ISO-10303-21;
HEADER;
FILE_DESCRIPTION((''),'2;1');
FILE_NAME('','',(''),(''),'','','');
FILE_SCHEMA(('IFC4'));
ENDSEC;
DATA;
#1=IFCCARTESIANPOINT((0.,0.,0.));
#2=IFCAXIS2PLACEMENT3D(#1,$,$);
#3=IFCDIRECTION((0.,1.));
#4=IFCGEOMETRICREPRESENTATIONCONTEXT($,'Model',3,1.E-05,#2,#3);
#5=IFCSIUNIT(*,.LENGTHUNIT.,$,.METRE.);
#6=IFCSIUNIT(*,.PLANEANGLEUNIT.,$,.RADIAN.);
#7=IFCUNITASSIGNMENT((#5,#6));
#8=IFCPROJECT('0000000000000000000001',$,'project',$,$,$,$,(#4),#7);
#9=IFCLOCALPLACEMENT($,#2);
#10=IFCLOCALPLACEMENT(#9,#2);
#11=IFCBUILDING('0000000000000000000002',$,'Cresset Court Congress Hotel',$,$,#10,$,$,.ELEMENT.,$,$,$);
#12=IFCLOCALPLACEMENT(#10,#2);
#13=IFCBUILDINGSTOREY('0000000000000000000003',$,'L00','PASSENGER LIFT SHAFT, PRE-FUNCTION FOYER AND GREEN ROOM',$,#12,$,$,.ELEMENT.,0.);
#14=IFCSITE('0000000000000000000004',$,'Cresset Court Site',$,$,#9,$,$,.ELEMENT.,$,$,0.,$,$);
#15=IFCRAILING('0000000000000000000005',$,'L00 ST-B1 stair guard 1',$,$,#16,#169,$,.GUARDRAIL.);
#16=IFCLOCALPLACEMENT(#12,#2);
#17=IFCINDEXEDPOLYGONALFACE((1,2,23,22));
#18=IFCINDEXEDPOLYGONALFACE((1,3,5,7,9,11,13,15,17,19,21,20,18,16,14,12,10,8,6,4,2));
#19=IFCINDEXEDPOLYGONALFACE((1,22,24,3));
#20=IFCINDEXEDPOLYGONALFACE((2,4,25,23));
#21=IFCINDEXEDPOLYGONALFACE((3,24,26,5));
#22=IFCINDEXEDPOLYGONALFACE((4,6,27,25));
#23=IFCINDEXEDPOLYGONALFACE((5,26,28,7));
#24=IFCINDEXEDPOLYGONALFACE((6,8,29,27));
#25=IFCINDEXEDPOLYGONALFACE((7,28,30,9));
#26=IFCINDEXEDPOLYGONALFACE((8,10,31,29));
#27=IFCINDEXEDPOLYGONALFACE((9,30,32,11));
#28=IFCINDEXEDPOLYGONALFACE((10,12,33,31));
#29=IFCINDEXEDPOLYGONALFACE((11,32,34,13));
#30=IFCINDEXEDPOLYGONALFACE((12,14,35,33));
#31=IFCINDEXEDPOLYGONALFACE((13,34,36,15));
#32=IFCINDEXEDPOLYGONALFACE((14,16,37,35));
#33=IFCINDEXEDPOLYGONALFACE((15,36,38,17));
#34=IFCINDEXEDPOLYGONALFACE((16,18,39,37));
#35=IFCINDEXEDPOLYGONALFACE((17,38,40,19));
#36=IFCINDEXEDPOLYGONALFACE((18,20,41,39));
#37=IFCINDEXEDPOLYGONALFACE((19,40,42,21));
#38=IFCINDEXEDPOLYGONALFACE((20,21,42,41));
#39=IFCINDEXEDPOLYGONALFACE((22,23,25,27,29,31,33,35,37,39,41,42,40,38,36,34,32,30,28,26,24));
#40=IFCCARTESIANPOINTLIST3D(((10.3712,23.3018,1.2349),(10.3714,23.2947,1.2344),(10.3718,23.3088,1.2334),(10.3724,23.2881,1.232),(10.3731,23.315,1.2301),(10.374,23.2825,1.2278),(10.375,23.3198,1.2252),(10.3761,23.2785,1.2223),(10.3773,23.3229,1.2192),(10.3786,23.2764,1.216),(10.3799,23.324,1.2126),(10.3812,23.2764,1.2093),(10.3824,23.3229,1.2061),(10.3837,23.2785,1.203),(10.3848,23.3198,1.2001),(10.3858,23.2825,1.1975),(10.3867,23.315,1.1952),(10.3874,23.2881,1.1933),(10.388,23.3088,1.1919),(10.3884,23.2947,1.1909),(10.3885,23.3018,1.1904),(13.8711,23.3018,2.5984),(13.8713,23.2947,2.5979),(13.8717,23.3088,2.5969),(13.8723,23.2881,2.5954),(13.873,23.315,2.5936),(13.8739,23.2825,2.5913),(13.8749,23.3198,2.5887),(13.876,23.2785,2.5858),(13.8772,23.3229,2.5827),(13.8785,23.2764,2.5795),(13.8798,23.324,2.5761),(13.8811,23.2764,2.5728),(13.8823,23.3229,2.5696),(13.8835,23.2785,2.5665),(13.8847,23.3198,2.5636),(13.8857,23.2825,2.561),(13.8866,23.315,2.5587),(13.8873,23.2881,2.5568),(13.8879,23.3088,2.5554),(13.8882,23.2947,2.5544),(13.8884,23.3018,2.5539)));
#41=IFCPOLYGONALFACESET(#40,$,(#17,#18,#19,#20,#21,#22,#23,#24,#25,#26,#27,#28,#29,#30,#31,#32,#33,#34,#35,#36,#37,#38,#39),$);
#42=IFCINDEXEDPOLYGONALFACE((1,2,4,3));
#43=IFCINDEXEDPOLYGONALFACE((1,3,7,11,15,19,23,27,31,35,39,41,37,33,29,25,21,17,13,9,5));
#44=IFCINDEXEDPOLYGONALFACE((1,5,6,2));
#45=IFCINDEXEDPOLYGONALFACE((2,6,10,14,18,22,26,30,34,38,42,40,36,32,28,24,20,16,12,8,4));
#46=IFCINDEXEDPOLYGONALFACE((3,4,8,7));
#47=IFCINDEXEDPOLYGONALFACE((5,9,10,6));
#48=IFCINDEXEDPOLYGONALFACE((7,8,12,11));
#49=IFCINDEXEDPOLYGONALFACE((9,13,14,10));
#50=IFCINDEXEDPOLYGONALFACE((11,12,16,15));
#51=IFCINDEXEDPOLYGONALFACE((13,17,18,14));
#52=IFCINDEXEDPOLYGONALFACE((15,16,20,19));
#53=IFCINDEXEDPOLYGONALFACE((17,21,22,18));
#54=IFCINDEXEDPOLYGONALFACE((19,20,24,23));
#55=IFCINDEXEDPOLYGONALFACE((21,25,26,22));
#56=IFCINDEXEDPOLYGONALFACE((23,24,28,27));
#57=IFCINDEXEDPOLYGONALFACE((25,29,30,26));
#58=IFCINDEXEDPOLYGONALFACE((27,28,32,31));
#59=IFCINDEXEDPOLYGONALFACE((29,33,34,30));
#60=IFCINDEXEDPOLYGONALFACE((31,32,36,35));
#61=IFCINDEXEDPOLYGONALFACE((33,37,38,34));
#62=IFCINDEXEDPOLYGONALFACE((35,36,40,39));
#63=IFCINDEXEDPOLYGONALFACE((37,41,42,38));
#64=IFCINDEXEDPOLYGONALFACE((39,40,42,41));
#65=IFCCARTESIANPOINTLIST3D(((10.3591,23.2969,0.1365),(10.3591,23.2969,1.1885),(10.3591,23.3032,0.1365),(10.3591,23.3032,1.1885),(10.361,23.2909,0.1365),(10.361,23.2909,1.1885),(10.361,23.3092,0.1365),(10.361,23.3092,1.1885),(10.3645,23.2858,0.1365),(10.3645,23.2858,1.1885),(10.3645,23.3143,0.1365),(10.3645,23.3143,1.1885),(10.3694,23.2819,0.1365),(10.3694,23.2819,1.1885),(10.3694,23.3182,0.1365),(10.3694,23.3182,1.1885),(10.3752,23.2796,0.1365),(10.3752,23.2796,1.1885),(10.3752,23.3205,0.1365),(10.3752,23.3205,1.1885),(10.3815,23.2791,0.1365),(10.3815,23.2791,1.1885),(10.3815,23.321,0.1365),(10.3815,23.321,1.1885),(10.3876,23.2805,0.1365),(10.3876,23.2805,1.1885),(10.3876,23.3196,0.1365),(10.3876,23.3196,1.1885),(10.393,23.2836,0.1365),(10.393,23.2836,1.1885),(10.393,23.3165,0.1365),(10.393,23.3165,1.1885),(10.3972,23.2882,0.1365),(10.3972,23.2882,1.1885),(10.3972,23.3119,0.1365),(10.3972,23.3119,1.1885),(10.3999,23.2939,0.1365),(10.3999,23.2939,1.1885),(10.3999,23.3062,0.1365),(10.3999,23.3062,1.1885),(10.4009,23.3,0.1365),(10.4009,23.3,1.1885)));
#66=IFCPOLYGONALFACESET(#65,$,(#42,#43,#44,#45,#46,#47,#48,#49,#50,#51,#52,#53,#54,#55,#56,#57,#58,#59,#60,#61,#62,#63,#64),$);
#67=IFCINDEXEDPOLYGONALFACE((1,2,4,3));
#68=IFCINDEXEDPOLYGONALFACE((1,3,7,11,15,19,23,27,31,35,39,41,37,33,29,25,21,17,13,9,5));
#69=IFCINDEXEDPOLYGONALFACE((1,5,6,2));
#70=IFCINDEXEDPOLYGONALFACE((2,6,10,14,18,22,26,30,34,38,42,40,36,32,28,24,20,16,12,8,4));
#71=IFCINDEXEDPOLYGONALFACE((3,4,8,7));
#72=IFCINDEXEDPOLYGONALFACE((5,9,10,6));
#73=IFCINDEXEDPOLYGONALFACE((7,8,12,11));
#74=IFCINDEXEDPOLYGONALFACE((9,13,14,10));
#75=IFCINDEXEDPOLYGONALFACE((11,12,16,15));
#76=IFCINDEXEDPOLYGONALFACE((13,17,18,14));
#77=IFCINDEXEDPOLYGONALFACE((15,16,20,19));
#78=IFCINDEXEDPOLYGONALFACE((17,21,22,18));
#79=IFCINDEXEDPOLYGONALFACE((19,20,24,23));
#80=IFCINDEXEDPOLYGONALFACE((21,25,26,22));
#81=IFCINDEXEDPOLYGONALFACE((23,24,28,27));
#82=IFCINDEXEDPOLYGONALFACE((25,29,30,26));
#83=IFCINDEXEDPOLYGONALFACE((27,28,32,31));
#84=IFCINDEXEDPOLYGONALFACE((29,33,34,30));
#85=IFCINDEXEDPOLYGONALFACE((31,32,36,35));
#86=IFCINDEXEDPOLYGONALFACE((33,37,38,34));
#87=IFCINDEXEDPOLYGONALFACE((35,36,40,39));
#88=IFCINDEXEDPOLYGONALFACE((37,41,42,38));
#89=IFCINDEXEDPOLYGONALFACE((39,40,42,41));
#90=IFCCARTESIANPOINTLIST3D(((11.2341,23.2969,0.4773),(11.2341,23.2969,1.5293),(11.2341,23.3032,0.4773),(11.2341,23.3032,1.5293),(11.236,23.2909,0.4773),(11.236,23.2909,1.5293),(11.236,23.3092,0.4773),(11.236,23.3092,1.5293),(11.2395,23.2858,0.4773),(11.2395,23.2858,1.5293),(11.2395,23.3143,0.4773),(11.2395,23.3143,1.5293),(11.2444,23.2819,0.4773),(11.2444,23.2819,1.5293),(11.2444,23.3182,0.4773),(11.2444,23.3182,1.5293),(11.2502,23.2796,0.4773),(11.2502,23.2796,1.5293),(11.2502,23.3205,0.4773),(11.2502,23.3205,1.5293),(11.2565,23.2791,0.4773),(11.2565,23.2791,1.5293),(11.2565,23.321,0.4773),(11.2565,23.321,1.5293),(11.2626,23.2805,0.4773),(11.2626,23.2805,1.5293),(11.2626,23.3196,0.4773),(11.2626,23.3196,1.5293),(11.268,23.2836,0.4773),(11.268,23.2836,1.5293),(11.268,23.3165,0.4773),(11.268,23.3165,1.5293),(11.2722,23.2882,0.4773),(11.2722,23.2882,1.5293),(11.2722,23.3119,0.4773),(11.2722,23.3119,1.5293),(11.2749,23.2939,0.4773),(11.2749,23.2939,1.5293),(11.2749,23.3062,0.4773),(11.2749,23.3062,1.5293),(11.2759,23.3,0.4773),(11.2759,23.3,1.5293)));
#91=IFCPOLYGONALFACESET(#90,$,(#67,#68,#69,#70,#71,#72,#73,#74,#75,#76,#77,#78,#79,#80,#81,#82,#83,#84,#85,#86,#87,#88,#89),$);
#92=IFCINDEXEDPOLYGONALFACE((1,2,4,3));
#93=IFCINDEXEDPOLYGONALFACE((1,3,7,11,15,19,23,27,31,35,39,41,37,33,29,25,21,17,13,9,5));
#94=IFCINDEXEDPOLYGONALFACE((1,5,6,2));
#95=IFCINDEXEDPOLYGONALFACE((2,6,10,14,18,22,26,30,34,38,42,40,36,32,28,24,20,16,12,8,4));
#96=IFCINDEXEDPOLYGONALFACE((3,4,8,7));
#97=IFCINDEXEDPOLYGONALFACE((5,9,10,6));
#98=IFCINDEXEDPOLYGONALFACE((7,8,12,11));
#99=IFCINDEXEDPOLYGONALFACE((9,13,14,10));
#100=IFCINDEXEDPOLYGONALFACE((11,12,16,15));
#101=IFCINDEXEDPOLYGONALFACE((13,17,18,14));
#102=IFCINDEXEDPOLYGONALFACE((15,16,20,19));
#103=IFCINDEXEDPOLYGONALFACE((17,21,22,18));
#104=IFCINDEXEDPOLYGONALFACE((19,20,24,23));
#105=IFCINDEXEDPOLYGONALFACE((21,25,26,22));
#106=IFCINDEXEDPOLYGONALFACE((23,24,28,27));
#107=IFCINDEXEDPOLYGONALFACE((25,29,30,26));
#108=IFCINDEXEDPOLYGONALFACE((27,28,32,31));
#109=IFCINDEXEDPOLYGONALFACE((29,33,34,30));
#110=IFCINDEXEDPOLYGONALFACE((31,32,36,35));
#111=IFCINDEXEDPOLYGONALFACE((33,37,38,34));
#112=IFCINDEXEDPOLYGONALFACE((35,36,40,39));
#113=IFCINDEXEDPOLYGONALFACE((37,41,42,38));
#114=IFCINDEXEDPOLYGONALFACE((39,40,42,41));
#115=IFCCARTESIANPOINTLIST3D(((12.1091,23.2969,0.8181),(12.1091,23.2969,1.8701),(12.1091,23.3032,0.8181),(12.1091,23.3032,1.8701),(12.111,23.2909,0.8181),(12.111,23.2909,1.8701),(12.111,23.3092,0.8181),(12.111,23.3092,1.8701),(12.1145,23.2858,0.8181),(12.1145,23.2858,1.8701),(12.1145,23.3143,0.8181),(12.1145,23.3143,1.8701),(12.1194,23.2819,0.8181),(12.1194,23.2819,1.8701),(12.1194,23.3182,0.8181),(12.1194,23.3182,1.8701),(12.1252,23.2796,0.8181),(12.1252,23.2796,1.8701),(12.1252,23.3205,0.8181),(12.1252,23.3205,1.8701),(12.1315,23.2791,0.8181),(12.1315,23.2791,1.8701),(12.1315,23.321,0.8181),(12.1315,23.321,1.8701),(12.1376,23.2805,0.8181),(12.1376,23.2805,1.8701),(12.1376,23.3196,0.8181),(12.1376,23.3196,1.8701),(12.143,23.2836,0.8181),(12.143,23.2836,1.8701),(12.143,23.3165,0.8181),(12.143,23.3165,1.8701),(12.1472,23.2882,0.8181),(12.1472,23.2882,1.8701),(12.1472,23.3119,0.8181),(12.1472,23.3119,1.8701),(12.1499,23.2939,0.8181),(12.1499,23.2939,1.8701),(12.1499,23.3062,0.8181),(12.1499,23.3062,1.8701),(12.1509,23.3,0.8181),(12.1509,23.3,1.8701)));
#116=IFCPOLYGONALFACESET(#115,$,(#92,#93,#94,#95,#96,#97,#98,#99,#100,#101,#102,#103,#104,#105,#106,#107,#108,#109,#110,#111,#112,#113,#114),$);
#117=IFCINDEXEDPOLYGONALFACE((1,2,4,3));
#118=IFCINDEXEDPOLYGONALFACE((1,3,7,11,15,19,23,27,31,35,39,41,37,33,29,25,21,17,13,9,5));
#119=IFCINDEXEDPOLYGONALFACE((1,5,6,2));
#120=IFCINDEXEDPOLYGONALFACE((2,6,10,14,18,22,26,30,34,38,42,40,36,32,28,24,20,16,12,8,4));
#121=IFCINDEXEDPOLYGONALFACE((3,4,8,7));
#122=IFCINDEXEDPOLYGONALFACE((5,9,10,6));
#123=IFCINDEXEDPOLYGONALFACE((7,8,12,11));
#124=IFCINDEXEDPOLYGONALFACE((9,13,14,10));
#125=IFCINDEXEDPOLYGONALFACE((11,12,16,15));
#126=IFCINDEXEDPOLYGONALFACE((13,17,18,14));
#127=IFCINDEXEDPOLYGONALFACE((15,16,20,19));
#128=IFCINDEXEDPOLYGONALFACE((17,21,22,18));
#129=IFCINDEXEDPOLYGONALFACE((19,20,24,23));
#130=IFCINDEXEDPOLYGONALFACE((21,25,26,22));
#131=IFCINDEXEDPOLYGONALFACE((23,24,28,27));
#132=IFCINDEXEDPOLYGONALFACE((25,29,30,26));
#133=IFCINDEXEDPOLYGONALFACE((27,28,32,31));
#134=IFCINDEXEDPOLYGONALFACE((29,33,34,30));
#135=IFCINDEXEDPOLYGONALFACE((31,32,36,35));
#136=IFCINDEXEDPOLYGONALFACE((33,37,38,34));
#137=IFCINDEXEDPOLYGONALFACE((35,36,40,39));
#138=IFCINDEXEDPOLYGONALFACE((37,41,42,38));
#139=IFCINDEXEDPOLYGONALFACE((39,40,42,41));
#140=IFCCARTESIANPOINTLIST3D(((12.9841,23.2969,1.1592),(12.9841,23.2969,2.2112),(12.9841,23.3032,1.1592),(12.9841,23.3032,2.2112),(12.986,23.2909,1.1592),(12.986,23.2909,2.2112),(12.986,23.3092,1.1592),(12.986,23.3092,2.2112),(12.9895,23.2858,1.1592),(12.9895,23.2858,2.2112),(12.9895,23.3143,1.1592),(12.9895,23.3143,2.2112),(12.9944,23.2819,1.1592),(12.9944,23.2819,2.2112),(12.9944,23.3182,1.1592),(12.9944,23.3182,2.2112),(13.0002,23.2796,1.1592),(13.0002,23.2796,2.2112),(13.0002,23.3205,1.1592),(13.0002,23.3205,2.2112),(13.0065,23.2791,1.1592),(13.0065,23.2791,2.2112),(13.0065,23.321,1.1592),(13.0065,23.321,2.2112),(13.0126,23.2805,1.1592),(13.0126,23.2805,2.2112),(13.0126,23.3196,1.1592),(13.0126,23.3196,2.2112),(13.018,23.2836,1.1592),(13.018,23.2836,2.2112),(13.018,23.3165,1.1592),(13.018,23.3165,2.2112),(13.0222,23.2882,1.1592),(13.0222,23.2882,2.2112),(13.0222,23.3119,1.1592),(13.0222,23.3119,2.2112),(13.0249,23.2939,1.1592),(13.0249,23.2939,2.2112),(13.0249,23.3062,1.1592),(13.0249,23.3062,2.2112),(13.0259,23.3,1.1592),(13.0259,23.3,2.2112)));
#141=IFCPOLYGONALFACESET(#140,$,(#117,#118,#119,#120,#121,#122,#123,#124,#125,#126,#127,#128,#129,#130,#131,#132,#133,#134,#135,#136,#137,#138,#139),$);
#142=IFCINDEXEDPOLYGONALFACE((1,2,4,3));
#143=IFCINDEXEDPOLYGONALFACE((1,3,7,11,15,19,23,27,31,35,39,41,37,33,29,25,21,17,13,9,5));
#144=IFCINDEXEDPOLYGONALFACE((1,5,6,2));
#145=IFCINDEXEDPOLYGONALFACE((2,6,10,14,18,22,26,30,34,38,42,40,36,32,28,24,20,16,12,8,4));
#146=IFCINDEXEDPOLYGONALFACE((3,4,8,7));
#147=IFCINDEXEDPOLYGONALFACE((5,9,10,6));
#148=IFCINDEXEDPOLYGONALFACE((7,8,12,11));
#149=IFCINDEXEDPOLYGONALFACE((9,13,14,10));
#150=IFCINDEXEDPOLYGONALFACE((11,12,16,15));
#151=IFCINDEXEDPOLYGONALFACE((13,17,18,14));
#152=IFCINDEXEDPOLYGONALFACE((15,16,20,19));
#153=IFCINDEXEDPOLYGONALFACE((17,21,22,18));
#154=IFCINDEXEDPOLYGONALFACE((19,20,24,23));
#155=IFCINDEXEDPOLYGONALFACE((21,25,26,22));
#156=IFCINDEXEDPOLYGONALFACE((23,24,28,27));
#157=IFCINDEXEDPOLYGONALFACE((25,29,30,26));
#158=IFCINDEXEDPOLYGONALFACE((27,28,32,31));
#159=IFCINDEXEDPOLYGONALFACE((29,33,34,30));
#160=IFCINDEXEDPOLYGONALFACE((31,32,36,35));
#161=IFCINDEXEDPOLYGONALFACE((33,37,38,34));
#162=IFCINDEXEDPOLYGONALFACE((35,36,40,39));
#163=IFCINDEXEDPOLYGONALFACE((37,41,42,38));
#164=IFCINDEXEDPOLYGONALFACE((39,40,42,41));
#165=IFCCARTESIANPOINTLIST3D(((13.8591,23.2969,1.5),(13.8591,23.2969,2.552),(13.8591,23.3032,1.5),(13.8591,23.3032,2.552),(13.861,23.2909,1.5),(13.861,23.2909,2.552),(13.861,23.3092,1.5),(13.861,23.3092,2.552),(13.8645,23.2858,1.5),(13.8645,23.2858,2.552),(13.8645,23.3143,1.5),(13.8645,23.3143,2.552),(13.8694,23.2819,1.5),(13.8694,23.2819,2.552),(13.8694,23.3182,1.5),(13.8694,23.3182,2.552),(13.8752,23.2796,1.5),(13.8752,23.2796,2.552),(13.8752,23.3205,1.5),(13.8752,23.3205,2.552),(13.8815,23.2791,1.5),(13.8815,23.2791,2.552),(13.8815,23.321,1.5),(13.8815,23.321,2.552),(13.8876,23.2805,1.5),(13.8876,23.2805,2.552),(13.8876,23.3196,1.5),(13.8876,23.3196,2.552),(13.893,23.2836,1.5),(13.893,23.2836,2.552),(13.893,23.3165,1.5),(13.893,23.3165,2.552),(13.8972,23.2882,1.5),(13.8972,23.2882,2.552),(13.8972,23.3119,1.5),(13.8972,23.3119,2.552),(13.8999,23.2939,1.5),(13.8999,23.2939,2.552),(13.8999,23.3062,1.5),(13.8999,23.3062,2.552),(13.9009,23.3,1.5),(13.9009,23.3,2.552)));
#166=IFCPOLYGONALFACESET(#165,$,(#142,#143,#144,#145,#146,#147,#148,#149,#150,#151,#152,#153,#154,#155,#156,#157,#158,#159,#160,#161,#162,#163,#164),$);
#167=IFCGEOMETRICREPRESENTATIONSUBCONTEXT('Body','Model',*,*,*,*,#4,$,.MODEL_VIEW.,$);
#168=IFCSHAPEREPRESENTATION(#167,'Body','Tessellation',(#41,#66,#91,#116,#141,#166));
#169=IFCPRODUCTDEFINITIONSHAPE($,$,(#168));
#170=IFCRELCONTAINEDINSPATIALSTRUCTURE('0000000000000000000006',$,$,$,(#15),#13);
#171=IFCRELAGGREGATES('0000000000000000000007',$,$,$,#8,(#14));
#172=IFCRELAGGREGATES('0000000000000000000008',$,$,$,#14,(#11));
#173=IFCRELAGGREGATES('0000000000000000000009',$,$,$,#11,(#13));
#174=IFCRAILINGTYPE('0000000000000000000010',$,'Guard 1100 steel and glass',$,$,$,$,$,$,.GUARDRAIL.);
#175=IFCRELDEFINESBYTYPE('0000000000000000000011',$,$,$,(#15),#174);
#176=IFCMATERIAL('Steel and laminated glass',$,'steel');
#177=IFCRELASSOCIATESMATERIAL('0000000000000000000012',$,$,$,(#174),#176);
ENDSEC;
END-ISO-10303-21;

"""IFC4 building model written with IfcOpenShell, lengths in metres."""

from ifc_helpers import new_model, si_unit, direction, frame, origin, origin_2d, place, context, subcontext, project, spatial, circle, extrude, material, type_object, element, save


model = new_model("IFC4")

# Units and contexts
model_context = context("Model", 3, precision=1e-05, world=origin(), true_north=direction((0.0, 1.0)))
body_context = subcontext(model_context, "Body", "Model", "MODEL_VIEW")
ifc_project = project(units=[si_unit("LENGTHUNIT", "METRE"), si_unit("PLANEANGLEUNIT", "RADIAN")], contexts=[model_context])

# Site, building, storey
site_placement = place(None, origin())
site = spatial("IfcSite", under=ifc_project, at=site_placement, Name="Cresset Court Site", CompositionType="ELEMENT", RefElevation=0.0)
building_placement = place(site_placement, origin())
building = spatial("IfcBuilding", under=site, at=building_placement, Name="Cresset Court Congress Hotel", CompositionType="ELEMENT")
storey_placement = place(building_placement, origin())
storey = spatial("IfcBuildingStorey", under=building, at=storey_placement, Name="L00", Description="PASSENGER LIFT SHAFT, PRE-FUNCTION FOYER AND GREEN ROOM", CompositionType="ELEMENT", Elevation=0.0)

# Railing
ifc_material_1 = material(Name="Steel and laminated glass", Category="steel")
railing_type_1 = type_object("IfcRailingType", Name="Guard 1100 steel and glass", PredefinedType="GUARDRAIL", material=ifc_material_1)
railing_1_placement = place(storey_placement, frame((10.3799, 23.3, 0.1365)))
element("IfcRailing", 1, at=railing_1_placement, inside=storey, type_object=railing_type_1, Name="L00 ST-B1 stair guard 1", PredefinedType="GUARDRAIL", context=body_context, shape_type="SweptSolid", body=[
    extrude(circle(Radius=0.0239, at=origin_2d()), frame((0.0, 0.0, 1.0762), z_axis=(0.931787, 0.0, 0.363005), x_axis=(0.0, 1.0, 0.0)), (0.0, 0.0, 1.0), 3.7561),
    extrude(circle(Radius=0.021, at=origin_2d()), origin(), (0.0, 0.0, 1.0), 1.052),
    extrude(circle(Radius=0.021, at=origin_2d()), frame((0.875, 0.0, 0.3408)), (0.0, 0.0, 1.0), 1.052),
    extrude(circle(Radius=0.021, at=origin_2d()), frame((1.75, 0.0, 0.6816)), (0.0, 0.0, 1.0), 1.052),
    extrude(circle(Radius=0.021, at=origin_2d()), frame((2.625, 0.0, 1.0227)), (0.0, 0.0, 1.0), 1.052),
    extrude(circle(Radius=0.021, at=origin_2d()), frame((3.5, 0.0, 1.3635)), (0.0, 0.0, 1.0), 1.052),
])

save(model, "model.ifc")
